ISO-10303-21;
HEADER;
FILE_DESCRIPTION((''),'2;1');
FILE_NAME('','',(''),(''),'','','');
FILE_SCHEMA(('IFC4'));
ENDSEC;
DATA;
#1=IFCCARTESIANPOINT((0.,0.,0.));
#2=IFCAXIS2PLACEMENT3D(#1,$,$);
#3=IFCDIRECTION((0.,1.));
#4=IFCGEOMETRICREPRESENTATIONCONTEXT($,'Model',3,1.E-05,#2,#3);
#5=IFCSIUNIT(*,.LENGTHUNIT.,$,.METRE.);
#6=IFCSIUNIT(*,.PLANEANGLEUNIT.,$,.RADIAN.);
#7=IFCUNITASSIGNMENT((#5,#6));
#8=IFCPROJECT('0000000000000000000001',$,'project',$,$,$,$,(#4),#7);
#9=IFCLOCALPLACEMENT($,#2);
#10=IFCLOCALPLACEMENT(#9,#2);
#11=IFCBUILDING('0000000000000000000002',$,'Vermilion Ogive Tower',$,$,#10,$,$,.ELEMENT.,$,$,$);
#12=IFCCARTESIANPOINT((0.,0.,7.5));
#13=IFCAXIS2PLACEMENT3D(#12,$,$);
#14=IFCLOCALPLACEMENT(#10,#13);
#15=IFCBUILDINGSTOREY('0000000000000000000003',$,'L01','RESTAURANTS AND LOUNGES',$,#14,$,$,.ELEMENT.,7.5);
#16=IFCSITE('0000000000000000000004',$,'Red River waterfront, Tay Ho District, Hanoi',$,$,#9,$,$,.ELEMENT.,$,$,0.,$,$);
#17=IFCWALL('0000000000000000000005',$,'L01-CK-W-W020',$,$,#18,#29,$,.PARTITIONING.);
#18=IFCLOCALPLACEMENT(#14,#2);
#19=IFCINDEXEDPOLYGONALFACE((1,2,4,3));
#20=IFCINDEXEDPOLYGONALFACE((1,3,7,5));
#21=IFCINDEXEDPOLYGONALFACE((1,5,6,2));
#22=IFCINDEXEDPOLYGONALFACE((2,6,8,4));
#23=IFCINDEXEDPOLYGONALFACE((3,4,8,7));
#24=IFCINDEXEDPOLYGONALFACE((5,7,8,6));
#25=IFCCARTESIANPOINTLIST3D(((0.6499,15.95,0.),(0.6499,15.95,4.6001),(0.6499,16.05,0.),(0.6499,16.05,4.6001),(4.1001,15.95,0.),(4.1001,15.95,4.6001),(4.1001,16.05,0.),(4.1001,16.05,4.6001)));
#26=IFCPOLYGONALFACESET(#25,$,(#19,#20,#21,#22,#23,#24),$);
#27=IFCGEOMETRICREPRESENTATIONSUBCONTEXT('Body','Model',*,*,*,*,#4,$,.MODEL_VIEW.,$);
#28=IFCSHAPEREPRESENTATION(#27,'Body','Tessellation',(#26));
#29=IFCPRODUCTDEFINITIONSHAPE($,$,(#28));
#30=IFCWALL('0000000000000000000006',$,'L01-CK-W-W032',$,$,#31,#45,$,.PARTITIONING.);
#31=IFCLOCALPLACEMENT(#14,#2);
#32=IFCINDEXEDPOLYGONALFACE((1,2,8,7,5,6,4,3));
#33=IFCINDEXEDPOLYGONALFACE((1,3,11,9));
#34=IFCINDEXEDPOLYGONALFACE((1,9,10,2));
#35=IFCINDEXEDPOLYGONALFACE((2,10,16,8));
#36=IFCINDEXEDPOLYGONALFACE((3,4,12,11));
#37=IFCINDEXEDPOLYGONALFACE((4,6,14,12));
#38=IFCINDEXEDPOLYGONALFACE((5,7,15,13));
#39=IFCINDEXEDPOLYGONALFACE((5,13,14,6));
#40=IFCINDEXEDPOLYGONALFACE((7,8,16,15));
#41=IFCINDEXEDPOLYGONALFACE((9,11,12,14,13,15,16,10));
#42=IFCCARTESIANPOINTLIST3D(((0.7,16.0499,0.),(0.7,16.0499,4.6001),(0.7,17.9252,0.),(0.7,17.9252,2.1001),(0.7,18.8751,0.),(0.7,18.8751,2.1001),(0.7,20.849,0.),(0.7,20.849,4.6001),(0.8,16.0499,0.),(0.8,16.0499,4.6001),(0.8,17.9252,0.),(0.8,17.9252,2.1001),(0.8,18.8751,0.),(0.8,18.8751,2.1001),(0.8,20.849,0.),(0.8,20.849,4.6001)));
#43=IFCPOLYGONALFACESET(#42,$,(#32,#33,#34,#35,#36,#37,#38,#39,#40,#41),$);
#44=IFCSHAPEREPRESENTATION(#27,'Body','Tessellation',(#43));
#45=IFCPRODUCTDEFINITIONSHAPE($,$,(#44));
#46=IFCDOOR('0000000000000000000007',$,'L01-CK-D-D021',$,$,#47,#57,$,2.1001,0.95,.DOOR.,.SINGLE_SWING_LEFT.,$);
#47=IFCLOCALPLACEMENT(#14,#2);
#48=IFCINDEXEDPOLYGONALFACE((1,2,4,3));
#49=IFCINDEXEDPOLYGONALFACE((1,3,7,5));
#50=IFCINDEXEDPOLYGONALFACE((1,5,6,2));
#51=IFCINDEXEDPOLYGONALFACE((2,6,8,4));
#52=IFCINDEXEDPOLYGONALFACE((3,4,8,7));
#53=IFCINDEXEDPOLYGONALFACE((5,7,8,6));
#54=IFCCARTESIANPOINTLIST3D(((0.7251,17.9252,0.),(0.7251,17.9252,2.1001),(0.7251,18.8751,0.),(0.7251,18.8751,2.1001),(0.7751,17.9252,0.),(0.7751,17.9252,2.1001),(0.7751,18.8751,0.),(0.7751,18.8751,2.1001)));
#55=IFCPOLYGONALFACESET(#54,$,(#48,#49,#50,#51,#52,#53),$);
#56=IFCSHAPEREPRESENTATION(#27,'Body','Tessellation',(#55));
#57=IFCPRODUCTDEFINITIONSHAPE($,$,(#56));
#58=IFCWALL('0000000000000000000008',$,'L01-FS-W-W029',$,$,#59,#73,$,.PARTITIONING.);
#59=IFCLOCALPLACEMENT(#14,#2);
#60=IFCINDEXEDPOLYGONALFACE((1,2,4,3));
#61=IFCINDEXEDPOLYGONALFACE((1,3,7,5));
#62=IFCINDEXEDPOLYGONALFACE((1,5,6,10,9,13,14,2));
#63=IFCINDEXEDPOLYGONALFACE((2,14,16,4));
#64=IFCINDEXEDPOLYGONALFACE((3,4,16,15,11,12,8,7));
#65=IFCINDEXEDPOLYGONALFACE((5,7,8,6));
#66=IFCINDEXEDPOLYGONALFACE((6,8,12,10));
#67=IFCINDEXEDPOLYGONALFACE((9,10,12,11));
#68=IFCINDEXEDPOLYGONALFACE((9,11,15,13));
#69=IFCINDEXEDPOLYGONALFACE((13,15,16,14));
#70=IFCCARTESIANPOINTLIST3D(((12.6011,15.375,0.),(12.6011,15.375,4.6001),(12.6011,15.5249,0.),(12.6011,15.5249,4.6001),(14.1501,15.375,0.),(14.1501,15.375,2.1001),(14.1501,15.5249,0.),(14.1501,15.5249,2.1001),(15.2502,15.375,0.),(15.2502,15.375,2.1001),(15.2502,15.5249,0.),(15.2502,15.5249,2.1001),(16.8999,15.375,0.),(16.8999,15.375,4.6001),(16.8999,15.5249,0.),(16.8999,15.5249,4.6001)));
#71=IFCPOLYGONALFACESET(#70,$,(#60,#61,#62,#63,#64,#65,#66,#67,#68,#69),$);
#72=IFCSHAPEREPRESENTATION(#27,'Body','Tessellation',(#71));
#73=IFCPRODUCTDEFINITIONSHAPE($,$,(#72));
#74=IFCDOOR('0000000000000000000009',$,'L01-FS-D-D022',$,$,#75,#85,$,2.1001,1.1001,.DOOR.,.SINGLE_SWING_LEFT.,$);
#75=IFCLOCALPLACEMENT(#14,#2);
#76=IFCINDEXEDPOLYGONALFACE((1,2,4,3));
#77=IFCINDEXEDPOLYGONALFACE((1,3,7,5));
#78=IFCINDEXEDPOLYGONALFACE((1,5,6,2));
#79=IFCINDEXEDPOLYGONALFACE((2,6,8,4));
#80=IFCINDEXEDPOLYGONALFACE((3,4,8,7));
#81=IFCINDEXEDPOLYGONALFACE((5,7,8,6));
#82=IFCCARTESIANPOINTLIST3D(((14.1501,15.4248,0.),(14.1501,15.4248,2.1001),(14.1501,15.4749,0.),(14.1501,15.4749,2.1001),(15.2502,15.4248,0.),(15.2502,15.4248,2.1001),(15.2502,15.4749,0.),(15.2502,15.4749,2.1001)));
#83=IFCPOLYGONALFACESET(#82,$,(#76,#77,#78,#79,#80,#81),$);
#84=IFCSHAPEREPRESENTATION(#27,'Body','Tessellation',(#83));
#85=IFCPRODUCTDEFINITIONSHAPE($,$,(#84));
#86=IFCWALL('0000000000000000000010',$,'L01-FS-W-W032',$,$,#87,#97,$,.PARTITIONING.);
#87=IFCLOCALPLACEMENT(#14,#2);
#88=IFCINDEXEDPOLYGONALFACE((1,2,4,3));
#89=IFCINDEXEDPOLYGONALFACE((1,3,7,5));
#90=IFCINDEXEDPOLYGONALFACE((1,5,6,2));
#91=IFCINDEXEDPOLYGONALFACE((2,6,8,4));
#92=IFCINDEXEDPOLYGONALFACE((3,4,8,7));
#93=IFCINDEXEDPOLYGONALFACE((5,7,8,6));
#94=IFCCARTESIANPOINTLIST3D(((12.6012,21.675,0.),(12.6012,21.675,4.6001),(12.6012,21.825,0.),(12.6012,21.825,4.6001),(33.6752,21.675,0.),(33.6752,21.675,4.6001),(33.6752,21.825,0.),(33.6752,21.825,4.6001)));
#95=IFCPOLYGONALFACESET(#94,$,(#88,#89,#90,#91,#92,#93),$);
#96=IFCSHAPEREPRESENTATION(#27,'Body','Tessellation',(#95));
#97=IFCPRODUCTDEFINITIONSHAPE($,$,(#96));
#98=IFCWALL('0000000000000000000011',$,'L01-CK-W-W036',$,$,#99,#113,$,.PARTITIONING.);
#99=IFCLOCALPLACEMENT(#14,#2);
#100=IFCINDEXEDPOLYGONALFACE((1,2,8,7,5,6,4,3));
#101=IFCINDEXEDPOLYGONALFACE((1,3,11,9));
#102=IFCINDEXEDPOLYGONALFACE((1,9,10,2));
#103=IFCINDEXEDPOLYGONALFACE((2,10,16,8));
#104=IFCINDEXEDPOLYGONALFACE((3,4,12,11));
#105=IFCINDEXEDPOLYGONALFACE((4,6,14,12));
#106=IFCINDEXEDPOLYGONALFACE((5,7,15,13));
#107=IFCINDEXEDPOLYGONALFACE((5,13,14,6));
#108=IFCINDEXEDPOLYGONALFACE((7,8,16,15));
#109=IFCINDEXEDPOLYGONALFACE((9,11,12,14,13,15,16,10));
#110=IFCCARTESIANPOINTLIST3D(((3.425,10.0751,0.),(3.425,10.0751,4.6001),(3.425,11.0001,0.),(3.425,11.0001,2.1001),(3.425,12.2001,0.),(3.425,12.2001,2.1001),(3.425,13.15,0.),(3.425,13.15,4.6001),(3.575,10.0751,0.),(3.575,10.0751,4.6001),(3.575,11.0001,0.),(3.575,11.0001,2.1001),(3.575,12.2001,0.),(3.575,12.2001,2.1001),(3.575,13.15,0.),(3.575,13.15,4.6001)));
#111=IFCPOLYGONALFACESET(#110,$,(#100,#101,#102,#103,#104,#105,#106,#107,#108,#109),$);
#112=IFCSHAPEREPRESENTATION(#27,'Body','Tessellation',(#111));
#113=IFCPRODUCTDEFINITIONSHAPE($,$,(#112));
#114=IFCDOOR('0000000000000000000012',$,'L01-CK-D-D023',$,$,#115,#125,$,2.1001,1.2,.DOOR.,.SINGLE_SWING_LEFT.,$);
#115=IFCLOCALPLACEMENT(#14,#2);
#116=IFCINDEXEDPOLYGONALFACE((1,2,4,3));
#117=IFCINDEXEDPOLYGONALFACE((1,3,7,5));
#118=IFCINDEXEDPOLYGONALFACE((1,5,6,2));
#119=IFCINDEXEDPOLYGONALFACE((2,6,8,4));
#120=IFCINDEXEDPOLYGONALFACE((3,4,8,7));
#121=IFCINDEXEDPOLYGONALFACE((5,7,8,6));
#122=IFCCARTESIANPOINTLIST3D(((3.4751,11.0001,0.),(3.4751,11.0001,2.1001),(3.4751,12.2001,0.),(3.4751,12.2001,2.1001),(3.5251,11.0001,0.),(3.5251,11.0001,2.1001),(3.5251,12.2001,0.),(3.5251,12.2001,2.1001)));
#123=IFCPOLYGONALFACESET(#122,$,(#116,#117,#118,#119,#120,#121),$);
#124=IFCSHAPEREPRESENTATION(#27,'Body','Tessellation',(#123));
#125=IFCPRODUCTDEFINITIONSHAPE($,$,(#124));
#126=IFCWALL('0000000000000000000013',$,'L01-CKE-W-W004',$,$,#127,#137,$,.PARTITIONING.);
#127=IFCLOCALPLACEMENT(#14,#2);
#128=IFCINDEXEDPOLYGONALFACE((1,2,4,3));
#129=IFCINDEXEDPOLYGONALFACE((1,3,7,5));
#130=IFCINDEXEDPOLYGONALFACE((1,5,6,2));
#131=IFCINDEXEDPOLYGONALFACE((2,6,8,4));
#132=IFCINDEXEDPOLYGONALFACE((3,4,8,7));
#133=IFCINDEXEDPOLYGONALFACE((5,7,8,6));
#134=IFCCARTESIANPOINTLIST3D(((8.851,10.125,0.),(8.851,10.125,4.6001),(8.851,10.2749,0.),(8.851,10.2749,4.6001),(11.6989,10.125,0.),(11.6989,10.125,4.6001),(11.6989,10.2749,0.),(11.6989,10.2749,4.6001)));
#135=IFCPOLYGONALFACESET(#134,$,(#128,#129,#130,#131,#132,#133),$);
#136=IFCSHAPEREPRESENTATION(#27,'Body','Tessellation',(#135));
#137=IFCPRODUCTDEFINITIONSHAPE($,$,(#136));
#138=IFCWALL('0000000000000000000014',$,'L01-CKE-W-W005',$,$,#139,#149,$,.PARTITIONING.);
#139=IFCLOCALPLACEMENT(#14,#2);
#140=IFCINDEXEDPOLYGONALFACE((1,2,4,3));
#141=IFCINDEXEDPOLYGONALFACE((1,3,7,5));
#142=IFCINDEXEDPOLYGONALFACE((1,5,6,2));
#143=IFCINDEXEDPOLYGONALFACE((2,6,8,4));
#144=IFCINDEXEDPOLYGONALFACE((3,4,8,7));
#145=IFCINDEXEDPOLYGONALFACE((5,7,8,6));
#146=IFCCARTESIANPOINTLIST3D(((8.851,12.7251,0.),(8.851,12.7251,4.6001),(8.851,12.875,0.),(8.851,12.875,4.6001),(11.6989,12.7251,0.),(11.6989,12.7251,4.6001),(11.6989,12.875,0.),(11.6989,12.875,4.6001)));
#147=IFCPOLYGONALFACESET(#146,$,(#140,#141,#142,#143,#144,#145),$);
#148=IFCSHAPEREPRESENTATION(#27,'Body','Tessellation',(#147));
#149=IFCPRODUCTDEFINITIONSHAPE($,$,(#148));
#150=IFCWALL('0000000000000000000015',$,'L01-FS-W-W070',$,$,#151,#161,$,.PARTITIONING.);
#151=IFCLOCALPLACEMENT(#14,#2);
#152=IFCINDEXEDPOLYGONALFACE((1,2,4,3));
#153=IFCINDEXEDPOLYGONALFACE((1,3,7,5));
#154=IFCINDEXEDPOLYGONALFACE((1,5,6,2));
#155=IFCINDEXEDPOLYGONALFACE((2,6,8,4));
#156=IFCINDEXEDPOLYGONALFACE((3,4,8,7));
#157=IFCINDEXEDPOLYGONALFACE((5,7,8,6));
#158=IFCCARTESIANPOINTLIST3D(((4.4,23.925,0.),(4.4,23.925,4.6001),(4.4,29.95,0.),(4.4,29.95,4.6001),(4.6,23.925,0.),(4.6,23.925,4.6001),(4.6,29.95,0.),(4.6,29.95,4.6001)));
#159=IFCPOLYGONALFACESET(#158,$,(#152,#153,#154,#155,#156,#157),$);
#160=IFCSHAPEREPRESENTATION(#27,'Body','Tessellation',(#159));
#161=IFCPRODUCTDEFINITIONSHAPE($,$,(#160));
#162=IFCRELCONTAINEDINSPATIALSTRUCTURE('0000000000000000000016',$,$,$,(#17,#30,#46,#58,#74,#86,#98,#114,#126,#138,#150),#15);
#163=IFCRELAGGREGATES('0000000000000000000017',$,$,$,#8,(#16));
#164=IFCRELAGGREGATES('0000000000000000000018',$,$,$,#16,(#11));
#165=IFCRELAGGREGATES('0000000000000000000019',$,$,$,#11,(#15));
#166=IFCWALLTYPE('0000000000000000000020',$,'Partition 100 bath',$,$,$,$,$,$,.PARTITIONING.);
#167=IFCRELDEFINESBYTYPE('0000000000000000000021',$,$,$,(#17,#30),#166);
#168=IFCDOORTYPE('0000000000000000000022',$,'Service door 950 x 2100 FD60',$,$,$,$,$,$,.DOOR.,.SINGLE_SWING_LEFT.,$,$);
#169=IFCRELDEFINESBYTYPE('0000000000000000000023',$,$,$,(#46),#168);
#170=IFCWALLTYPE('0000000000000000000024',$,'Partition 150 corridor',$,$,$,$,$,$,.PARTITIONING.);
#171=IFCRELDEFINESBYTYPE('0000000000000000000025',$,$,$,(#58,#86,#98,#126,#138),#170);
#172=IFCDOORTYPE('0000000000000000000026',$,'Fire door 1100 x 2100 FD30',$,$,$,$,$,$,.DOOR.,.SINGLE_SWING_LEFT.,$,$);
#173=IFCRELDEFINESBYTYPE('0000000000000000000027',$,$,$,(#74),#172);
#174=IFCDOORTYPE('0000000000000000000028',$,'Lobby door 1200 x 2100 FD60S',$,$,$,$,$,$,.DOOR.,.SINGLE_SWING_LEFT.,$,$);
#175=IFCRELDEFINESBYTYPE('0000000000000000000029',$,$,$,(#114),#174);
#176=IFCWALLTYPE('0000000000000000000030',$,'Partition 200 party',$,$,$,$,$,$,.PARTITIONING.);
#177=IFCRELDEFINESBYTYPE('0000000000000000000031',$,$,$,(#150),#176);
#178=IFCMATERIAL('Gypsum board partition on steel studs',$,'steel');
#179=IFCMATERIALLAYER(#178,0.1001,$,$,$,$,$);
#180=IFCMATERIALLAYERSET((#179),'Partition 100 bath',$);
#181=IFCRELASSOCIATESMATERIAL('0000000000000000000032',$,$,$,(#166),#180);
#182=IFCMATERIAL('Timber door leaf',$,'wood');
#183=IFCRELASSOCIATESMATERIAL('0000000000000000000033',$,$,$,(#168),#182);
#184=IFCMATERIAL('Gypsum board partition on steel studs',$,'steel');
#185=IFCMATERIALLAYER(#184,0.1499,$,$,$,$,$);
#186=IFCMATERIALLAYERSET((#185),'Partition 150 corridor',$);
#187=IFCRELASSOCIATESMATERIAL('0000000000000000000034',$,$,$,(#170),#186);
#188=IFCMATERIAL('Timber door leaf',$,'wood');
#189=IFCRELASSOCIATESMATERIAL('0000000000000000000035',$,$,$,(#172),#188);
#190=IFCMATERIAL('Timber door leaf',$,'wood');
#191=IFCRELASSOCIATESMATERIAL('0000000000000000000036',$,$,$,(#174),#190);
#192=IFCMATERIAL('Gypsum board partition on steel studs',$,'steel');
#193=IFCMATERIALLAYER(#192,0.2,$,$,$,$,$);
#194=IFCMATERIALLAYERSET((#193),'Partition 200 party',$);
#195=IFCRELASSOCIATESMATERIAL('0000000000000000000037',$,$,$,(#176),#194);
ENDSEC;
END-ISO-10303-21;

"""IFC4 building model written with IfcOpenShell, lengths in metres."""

from ifc_helpers import new_model, si_unit, direction, frame, frame_2d, origin, place, context, subcontext, project, spatial, rectangle, extrude, material, layer, layer_set, type_object, element, fill, save


model = new_model("IFC4")

# Units and contexts
model_context = context("Model", 3, precision=1e-05, world=origin(), true_north=direction((0.0, 1.0)))
body_context = subcontext(model_context, "Body", "Model", "MODEL_VIEW")
ifc_project = project(units=[si_unit("LENGTHUNIT", "METRE"), si_unit("PLANEANGLEUNIT", "RADIAN")], contexts=[model_context])

# Site, building, storey
site_placement = place(None, origin())
site = spatial("IfcSite", under=ifc_project, at=site_placement, Name="Red River waterfront, Tay Ho District, Hanoi", CompositionType="ELEMENT", RefElevation=0.0)
building_placement = place(site_placement, origin())
building = spatial("IfcBuilding", under=site, at=building_placement, Name="Vermilion Ogive Tower", CompositionType="ELEMENT")
storey_placement = place(building_placement, frame((0.0, 0.0, 7.5)))
storey = spatial("IfcBuildingStorey", under=building, at=storey_placement, Name="L01", Description="RESTAURANTS AND LOUNGES", CompositionType="ELEMENT", Elevation=7.5)

# Wall
ifc_material_1 = material(Name="Gypsum board partition on steel studs", Category="steel")
ifc_layer_1 = layer(ifc_material_1, 0.1001)
ifc_layer_set_1 = layer_set([ifc_layer_1], Name="Partition 100 bath")
wall_type_1 = type_object("IfcWallType", Name="Partition 100 bath", PredefinedType="PARTITIONING", material=ifc_layer_set_1)
wall_1_placement = place(storey_placement, frame((0.6499, 16.0, 0.0), z_axis=(0.0, 0.0, 1.0), x_axis=(1.0, 0.0, 0.0)))
element("IfcWall", 1, at=wall_1_placement, inside=storey, type_object=wall_type_1, Name="L01-CK-W-W020", PredefinedType="PARTITIONING", context=body_context, shape_type="SweptSolid", body=[
    extrude(rectangle(XDim=3.4502, YDim=0.1001, at=frame_2d((1.7251, 0.0))), origin(), (0.0, 0.0, 1.0), 4.6001),
])

# Walls, openings, doors
wall_2_placement = place(storey_placement, frame((0.75, 16.05, 0.0), z_axis=(0.0, 0.0, 1.0), x_axis=(0.0, 1.0, 0.0)))
wall_2 = element("IfcWall", 2, at=wall_2_placement, inside=storey, type_object=wall_type_1, Name="L01-CK-W-W032", PredefinedType="PARTITIONING", context=body_context, shape_type="SweptSolid", body=[
    extrude(rectangle(XDim=4.7991, YDim=0.1001, at=frame_2d((2.3994, 0.0))), origin(), (0.0, 0.0, 1.0), 4.6001),
])
opening_1_placement = place(wall_2_placement, frame((1.875, 0.0, 0.0)))
opening_1 = element("IfcOpeningElement", 3, at=opening_1_placement, cuts=wall_2, PredefinedType="OPENING", context=body_context, shape_type="SweptSolid", body=[
    extrude(rectangle(XDim=0.95, YDim=2.1001, at=frame_2d((0.4751, 1.05))), frame((0.0, 0.0601, 0.0), z_axis=(0.0, -1.0, 0.0), x_axis=(1.0, 0.0, 0.0)), (0.0, 0.0, 1.0), 0.1201),
])
ifc_material_2 = material(Name="Timber door leaf", Category="wood")
door_type_1 = type_object("IfcDoorType", Name="Service door 950 x 2100 FD60", OperationType="SINGLE_SWING_LEFT", PredefinedType="DOOR", material=ifc_material_2)
door_1_placement = place(opening_1_placement, origin())
door_1 = element("IfcDoor", 4, at=door_1_placement, inside=storey, type_object=door_type_1, Name="L01-CK-D-D021", OperationType="SINGLE_SWING_LEFT", OverallHeight=2.1001, OverallWidth=0.95, PredefinedType="DOOR", context=body_context, shape_type="SweptSolid", body=[
    extrude(rectangle(XDim=0.95, YDim=2.1001, at=frame_2d((0.4751, 1.05))), frame((0.0, 0.0249, 0.0), z_axis=(0.0, -1.0, 0.0), x_axis=(1.0, 0.0, 0.0)), (0.0, 0.0, 1.0), 0.05),
])
fill(opening_1, door_1)
ifc_material_3 = material(Name="Gypsum board partition on steel studs", Category="steel")
ifc_layer_2 = layer(ifc_material_3, 0.1499)
ifc_layer_set_2 = layer_set([ifc_layer_2], Name="Partition 150 corridor")
wall_type_2 = type_object("IfcWallType", Name="Partition 150 corridor", PredefinedType="PARTITIONING", material=ifc_layer_set_2)
wall_3_placement = place(storey_placement, frame((12.6011, 15.45, 0.0), z_axis=(0.0, 0.0, 1.0), x_axis=(1.0, 0.0, 0.0)))
wall_3 = element("IfcWall", 5, at=wall_3_placement, inside=storey, type_object=wall_type_2, Name="L01-FS-W-W029", PredefinedType="PARTITIONING", context=body_context, shape_type="SweptSolid", body=[
    extrude(rectangle(XDim=4.2988, YDim=0.1499, at=frame_2d((2.1494, 0.0))), origin(), (0.0, 0.0, 1.0), 4.6001),
])
opening_2_placement = place(wall_3_placement, frame((1.5491, 0.0, 0.0)))
opening_2 = element("IfcOpeningElement", 6, at=opening_2_placement, cuts=wall_3, PredefinedType="OPENING", context=body_context, shape_type="SweptSolid", body=[
    extrude(rectangle(XDim=1.1001, YDim=2.1001, at=frame_2d((0.55, 1.05))), frame((0.0, 0.085, 0.0), z_axis=(0.0, -1.0, 0.0), x_axis=(1.0, 0.0, 0.0)), (0.0, 0.0, 1.0), 0.1699),
])
ifc_material_4 = material(Name="Timber door leaf", Category="wood")
door_type_2 = type_object("IfcDoorType", Name="Fire door 1100 x 2100 FD30", OperationType="SINGLE_SWING_LEFT", PredefinedType="DOOR", material=ifc_material_4)
door_2_placement = place(opening_2_placement, origin())
door_2 = element("IfcDoor", 7, at=door_2_placement, inside=storey, type_object=door_type_2, Name="L01-FS-D-D022", OperationType="SINGLE_SWING_LEFT", OverallHeight=2.1001, OverallWidth=1.1001, PredefinedType="DOOR", context=body_context, shape_type="SweptSolid", body=[
    extrude(rectangle(XDim=1.1001, YDim=2.1001, at=frame_2d((0.55, 1.05))), frame((0.0, 0.0249, 0.0), z_axis=(0.0, -1.0, 0.0), x_axis=(1.0, 0.0, 0.0)), (0.0, 0.0, 1.0), 0.05),
])
fill(opening_2, door_2)

# Wall
wall_4_placement = place(storey_placement, frame((12.6011, 21.75, 0.0), z_axis=(0.0, 0.0, 1.0), x_axis=(1.0, 0.0, 0.0)))
element("IfcWall", 8, at=wall_4_placement, inside=storey, type_object=wall_type_2, Name="L01-FS-W-W032", PredefinedType="PARTITIONING", context=body_context, shape_type="SweptSolid", body=[
    extrude(rectangle(XDim=21.074, YDim=0.1499, at=frame_2d((10.5371, 0.0))), origin(), (0.0, 0.0, 1.0), 4.6001),
])

# Wall, opening, door
wall_5_placement = place(storey_placement, frame((3.5, 10.075, 0.0), z_axis=(0.0, 0.0, 1.0), x_axis=(0.0, 1.0, 0.0)))
wall_5 = element("IfcWall", 9, at=wall_5_placement, inside=storey, type_object=wall_type_2, Name="L01-CK-W-W036", PredefinedType="PARTITIONING", context=body_context, shape_type="SweptSolid", body=[
    extrude(rectangle(XDim=3.075, YDim=0.1499, at=frame_2d((1.5376, 0.0))), origin(), (0.0, 0.0, 1.0), 4.6001),
])
opening_3_placement = place(wall_5_placement, frame((0.925, 0.0, 0.0)))
opening_3 = element("IfcOpeningElement", 10, at=opening_3_placement, cuts=wall_5, PredefinedType="OPENING", context=body_context, shape_type="SweptSolid", body=[
    extrude(rectangle(XDim=1.2, YDim=2.1001, at=frame_2d((0.6001, 1.05))), frame((0.0, 0.085, 0.0), z_axis=(0.0, -1.0, 0.0), x_axis=(1.0, 0.0, 0.0)), (0.0, 0.0, 1.0), 0.1699),
])
ifc_material_5 = material(Name="Timber door leaf", Category="wood")
door_type_3 = type_object("IfcDoorType", Name="Lobby door 1200 x 2100 FD60S", OperationType="SINGLE_SWING_LEFT", PredefinedType="DOOR", material=ifc_material_5)
door_3_placement = place(opening_3_placement, origin())
door_3 = element("IfcDoor", 11, at=door_3_placement, inside=storey, type_object=door_type_3, Name="L01-CK-D-D023", OperationType="SINGLE_SWING_LEFT", OverallHeight=2.1001, OverallWidth=1.2, PredefinedType="DOOR", context=body_context, shape_type="SweptSolid", body=[
    extrude(rectangle(XDim=1.2, YDim=2.1001, at=frame_2d((0.6001, 1.05))), frame((0.0, 0.0249, 0.0), z_axis=(0.0, -1.0, 0.0), x_axis=(1.0, 0.0, 0.0)), (0.0, 0.0, 1.0), 0.05),
])
fill(opening_3, door_3)

# Walls
for number, where, z_axis, x_axis, name in (
    (12, (8.8511, 10.2, 0.0), (0.0, 0.0, 1.0), (1.0, 0.0, 0.0), "L01-CKE-W-W004"),
    (13, (8.8511, 12.8, 0.0), (0.0, 0.0, 1.0), (1.0, 0.0, 0.0), "L01-CKE-W-W005"),
):
    element("IfcWall", number, at=place(storey_placement, frame(where, z_axis=z_axis, x_axis=x_axis)), inside=storey, type_object=wall_type_2, Name=name, PredefinedType="PARTITIONING", context=body_context, shape_type="SweptSolid", body=[
        extrude(rectangle(XDim=2.8479, YDim=0.1499, at=frame_2d((1.4238, 0.0))), origin(), (0.0, 0.0, 1.0), 4.6001),
    ])
ifc_material_6 = material(Name="Gypsum board partition on steel studs", Category="steel")
ifc_layer_3 = layer(ifc_material_6, 0.2)
ifc_layer_set_3 = layer_set([ifc_layer_3], Name="Partition 200 party")
wall_type_3 = type_object("IfcWallType", Name="Partition 200 party", PredefinedType="PARTITIONING", material=ifc_layer_set_3)
wall_6_placement = place(storey_placement, frame((4.5, 23.925, 0.0), z_axis=(0.0, 0.0, 1.0), x_axis=(0.0, 1.0, 0.0)))
element("IfcWall", 14, at=wall_6_placement, inside=storey, type_object=wall_type_3, Name="L01-FS-W-W070", PredefinedType="PARTITIONING", context=body_context, shape_type="SweptSolid", body=[
    extrude(rectangle(XDim=6.0249, YDim=0.2, at=frame_2d((3.0125, 0.0))), origin(), (0.0, 0.0, 1.0), 4.6001),
])

save(model, "model.ifc")
